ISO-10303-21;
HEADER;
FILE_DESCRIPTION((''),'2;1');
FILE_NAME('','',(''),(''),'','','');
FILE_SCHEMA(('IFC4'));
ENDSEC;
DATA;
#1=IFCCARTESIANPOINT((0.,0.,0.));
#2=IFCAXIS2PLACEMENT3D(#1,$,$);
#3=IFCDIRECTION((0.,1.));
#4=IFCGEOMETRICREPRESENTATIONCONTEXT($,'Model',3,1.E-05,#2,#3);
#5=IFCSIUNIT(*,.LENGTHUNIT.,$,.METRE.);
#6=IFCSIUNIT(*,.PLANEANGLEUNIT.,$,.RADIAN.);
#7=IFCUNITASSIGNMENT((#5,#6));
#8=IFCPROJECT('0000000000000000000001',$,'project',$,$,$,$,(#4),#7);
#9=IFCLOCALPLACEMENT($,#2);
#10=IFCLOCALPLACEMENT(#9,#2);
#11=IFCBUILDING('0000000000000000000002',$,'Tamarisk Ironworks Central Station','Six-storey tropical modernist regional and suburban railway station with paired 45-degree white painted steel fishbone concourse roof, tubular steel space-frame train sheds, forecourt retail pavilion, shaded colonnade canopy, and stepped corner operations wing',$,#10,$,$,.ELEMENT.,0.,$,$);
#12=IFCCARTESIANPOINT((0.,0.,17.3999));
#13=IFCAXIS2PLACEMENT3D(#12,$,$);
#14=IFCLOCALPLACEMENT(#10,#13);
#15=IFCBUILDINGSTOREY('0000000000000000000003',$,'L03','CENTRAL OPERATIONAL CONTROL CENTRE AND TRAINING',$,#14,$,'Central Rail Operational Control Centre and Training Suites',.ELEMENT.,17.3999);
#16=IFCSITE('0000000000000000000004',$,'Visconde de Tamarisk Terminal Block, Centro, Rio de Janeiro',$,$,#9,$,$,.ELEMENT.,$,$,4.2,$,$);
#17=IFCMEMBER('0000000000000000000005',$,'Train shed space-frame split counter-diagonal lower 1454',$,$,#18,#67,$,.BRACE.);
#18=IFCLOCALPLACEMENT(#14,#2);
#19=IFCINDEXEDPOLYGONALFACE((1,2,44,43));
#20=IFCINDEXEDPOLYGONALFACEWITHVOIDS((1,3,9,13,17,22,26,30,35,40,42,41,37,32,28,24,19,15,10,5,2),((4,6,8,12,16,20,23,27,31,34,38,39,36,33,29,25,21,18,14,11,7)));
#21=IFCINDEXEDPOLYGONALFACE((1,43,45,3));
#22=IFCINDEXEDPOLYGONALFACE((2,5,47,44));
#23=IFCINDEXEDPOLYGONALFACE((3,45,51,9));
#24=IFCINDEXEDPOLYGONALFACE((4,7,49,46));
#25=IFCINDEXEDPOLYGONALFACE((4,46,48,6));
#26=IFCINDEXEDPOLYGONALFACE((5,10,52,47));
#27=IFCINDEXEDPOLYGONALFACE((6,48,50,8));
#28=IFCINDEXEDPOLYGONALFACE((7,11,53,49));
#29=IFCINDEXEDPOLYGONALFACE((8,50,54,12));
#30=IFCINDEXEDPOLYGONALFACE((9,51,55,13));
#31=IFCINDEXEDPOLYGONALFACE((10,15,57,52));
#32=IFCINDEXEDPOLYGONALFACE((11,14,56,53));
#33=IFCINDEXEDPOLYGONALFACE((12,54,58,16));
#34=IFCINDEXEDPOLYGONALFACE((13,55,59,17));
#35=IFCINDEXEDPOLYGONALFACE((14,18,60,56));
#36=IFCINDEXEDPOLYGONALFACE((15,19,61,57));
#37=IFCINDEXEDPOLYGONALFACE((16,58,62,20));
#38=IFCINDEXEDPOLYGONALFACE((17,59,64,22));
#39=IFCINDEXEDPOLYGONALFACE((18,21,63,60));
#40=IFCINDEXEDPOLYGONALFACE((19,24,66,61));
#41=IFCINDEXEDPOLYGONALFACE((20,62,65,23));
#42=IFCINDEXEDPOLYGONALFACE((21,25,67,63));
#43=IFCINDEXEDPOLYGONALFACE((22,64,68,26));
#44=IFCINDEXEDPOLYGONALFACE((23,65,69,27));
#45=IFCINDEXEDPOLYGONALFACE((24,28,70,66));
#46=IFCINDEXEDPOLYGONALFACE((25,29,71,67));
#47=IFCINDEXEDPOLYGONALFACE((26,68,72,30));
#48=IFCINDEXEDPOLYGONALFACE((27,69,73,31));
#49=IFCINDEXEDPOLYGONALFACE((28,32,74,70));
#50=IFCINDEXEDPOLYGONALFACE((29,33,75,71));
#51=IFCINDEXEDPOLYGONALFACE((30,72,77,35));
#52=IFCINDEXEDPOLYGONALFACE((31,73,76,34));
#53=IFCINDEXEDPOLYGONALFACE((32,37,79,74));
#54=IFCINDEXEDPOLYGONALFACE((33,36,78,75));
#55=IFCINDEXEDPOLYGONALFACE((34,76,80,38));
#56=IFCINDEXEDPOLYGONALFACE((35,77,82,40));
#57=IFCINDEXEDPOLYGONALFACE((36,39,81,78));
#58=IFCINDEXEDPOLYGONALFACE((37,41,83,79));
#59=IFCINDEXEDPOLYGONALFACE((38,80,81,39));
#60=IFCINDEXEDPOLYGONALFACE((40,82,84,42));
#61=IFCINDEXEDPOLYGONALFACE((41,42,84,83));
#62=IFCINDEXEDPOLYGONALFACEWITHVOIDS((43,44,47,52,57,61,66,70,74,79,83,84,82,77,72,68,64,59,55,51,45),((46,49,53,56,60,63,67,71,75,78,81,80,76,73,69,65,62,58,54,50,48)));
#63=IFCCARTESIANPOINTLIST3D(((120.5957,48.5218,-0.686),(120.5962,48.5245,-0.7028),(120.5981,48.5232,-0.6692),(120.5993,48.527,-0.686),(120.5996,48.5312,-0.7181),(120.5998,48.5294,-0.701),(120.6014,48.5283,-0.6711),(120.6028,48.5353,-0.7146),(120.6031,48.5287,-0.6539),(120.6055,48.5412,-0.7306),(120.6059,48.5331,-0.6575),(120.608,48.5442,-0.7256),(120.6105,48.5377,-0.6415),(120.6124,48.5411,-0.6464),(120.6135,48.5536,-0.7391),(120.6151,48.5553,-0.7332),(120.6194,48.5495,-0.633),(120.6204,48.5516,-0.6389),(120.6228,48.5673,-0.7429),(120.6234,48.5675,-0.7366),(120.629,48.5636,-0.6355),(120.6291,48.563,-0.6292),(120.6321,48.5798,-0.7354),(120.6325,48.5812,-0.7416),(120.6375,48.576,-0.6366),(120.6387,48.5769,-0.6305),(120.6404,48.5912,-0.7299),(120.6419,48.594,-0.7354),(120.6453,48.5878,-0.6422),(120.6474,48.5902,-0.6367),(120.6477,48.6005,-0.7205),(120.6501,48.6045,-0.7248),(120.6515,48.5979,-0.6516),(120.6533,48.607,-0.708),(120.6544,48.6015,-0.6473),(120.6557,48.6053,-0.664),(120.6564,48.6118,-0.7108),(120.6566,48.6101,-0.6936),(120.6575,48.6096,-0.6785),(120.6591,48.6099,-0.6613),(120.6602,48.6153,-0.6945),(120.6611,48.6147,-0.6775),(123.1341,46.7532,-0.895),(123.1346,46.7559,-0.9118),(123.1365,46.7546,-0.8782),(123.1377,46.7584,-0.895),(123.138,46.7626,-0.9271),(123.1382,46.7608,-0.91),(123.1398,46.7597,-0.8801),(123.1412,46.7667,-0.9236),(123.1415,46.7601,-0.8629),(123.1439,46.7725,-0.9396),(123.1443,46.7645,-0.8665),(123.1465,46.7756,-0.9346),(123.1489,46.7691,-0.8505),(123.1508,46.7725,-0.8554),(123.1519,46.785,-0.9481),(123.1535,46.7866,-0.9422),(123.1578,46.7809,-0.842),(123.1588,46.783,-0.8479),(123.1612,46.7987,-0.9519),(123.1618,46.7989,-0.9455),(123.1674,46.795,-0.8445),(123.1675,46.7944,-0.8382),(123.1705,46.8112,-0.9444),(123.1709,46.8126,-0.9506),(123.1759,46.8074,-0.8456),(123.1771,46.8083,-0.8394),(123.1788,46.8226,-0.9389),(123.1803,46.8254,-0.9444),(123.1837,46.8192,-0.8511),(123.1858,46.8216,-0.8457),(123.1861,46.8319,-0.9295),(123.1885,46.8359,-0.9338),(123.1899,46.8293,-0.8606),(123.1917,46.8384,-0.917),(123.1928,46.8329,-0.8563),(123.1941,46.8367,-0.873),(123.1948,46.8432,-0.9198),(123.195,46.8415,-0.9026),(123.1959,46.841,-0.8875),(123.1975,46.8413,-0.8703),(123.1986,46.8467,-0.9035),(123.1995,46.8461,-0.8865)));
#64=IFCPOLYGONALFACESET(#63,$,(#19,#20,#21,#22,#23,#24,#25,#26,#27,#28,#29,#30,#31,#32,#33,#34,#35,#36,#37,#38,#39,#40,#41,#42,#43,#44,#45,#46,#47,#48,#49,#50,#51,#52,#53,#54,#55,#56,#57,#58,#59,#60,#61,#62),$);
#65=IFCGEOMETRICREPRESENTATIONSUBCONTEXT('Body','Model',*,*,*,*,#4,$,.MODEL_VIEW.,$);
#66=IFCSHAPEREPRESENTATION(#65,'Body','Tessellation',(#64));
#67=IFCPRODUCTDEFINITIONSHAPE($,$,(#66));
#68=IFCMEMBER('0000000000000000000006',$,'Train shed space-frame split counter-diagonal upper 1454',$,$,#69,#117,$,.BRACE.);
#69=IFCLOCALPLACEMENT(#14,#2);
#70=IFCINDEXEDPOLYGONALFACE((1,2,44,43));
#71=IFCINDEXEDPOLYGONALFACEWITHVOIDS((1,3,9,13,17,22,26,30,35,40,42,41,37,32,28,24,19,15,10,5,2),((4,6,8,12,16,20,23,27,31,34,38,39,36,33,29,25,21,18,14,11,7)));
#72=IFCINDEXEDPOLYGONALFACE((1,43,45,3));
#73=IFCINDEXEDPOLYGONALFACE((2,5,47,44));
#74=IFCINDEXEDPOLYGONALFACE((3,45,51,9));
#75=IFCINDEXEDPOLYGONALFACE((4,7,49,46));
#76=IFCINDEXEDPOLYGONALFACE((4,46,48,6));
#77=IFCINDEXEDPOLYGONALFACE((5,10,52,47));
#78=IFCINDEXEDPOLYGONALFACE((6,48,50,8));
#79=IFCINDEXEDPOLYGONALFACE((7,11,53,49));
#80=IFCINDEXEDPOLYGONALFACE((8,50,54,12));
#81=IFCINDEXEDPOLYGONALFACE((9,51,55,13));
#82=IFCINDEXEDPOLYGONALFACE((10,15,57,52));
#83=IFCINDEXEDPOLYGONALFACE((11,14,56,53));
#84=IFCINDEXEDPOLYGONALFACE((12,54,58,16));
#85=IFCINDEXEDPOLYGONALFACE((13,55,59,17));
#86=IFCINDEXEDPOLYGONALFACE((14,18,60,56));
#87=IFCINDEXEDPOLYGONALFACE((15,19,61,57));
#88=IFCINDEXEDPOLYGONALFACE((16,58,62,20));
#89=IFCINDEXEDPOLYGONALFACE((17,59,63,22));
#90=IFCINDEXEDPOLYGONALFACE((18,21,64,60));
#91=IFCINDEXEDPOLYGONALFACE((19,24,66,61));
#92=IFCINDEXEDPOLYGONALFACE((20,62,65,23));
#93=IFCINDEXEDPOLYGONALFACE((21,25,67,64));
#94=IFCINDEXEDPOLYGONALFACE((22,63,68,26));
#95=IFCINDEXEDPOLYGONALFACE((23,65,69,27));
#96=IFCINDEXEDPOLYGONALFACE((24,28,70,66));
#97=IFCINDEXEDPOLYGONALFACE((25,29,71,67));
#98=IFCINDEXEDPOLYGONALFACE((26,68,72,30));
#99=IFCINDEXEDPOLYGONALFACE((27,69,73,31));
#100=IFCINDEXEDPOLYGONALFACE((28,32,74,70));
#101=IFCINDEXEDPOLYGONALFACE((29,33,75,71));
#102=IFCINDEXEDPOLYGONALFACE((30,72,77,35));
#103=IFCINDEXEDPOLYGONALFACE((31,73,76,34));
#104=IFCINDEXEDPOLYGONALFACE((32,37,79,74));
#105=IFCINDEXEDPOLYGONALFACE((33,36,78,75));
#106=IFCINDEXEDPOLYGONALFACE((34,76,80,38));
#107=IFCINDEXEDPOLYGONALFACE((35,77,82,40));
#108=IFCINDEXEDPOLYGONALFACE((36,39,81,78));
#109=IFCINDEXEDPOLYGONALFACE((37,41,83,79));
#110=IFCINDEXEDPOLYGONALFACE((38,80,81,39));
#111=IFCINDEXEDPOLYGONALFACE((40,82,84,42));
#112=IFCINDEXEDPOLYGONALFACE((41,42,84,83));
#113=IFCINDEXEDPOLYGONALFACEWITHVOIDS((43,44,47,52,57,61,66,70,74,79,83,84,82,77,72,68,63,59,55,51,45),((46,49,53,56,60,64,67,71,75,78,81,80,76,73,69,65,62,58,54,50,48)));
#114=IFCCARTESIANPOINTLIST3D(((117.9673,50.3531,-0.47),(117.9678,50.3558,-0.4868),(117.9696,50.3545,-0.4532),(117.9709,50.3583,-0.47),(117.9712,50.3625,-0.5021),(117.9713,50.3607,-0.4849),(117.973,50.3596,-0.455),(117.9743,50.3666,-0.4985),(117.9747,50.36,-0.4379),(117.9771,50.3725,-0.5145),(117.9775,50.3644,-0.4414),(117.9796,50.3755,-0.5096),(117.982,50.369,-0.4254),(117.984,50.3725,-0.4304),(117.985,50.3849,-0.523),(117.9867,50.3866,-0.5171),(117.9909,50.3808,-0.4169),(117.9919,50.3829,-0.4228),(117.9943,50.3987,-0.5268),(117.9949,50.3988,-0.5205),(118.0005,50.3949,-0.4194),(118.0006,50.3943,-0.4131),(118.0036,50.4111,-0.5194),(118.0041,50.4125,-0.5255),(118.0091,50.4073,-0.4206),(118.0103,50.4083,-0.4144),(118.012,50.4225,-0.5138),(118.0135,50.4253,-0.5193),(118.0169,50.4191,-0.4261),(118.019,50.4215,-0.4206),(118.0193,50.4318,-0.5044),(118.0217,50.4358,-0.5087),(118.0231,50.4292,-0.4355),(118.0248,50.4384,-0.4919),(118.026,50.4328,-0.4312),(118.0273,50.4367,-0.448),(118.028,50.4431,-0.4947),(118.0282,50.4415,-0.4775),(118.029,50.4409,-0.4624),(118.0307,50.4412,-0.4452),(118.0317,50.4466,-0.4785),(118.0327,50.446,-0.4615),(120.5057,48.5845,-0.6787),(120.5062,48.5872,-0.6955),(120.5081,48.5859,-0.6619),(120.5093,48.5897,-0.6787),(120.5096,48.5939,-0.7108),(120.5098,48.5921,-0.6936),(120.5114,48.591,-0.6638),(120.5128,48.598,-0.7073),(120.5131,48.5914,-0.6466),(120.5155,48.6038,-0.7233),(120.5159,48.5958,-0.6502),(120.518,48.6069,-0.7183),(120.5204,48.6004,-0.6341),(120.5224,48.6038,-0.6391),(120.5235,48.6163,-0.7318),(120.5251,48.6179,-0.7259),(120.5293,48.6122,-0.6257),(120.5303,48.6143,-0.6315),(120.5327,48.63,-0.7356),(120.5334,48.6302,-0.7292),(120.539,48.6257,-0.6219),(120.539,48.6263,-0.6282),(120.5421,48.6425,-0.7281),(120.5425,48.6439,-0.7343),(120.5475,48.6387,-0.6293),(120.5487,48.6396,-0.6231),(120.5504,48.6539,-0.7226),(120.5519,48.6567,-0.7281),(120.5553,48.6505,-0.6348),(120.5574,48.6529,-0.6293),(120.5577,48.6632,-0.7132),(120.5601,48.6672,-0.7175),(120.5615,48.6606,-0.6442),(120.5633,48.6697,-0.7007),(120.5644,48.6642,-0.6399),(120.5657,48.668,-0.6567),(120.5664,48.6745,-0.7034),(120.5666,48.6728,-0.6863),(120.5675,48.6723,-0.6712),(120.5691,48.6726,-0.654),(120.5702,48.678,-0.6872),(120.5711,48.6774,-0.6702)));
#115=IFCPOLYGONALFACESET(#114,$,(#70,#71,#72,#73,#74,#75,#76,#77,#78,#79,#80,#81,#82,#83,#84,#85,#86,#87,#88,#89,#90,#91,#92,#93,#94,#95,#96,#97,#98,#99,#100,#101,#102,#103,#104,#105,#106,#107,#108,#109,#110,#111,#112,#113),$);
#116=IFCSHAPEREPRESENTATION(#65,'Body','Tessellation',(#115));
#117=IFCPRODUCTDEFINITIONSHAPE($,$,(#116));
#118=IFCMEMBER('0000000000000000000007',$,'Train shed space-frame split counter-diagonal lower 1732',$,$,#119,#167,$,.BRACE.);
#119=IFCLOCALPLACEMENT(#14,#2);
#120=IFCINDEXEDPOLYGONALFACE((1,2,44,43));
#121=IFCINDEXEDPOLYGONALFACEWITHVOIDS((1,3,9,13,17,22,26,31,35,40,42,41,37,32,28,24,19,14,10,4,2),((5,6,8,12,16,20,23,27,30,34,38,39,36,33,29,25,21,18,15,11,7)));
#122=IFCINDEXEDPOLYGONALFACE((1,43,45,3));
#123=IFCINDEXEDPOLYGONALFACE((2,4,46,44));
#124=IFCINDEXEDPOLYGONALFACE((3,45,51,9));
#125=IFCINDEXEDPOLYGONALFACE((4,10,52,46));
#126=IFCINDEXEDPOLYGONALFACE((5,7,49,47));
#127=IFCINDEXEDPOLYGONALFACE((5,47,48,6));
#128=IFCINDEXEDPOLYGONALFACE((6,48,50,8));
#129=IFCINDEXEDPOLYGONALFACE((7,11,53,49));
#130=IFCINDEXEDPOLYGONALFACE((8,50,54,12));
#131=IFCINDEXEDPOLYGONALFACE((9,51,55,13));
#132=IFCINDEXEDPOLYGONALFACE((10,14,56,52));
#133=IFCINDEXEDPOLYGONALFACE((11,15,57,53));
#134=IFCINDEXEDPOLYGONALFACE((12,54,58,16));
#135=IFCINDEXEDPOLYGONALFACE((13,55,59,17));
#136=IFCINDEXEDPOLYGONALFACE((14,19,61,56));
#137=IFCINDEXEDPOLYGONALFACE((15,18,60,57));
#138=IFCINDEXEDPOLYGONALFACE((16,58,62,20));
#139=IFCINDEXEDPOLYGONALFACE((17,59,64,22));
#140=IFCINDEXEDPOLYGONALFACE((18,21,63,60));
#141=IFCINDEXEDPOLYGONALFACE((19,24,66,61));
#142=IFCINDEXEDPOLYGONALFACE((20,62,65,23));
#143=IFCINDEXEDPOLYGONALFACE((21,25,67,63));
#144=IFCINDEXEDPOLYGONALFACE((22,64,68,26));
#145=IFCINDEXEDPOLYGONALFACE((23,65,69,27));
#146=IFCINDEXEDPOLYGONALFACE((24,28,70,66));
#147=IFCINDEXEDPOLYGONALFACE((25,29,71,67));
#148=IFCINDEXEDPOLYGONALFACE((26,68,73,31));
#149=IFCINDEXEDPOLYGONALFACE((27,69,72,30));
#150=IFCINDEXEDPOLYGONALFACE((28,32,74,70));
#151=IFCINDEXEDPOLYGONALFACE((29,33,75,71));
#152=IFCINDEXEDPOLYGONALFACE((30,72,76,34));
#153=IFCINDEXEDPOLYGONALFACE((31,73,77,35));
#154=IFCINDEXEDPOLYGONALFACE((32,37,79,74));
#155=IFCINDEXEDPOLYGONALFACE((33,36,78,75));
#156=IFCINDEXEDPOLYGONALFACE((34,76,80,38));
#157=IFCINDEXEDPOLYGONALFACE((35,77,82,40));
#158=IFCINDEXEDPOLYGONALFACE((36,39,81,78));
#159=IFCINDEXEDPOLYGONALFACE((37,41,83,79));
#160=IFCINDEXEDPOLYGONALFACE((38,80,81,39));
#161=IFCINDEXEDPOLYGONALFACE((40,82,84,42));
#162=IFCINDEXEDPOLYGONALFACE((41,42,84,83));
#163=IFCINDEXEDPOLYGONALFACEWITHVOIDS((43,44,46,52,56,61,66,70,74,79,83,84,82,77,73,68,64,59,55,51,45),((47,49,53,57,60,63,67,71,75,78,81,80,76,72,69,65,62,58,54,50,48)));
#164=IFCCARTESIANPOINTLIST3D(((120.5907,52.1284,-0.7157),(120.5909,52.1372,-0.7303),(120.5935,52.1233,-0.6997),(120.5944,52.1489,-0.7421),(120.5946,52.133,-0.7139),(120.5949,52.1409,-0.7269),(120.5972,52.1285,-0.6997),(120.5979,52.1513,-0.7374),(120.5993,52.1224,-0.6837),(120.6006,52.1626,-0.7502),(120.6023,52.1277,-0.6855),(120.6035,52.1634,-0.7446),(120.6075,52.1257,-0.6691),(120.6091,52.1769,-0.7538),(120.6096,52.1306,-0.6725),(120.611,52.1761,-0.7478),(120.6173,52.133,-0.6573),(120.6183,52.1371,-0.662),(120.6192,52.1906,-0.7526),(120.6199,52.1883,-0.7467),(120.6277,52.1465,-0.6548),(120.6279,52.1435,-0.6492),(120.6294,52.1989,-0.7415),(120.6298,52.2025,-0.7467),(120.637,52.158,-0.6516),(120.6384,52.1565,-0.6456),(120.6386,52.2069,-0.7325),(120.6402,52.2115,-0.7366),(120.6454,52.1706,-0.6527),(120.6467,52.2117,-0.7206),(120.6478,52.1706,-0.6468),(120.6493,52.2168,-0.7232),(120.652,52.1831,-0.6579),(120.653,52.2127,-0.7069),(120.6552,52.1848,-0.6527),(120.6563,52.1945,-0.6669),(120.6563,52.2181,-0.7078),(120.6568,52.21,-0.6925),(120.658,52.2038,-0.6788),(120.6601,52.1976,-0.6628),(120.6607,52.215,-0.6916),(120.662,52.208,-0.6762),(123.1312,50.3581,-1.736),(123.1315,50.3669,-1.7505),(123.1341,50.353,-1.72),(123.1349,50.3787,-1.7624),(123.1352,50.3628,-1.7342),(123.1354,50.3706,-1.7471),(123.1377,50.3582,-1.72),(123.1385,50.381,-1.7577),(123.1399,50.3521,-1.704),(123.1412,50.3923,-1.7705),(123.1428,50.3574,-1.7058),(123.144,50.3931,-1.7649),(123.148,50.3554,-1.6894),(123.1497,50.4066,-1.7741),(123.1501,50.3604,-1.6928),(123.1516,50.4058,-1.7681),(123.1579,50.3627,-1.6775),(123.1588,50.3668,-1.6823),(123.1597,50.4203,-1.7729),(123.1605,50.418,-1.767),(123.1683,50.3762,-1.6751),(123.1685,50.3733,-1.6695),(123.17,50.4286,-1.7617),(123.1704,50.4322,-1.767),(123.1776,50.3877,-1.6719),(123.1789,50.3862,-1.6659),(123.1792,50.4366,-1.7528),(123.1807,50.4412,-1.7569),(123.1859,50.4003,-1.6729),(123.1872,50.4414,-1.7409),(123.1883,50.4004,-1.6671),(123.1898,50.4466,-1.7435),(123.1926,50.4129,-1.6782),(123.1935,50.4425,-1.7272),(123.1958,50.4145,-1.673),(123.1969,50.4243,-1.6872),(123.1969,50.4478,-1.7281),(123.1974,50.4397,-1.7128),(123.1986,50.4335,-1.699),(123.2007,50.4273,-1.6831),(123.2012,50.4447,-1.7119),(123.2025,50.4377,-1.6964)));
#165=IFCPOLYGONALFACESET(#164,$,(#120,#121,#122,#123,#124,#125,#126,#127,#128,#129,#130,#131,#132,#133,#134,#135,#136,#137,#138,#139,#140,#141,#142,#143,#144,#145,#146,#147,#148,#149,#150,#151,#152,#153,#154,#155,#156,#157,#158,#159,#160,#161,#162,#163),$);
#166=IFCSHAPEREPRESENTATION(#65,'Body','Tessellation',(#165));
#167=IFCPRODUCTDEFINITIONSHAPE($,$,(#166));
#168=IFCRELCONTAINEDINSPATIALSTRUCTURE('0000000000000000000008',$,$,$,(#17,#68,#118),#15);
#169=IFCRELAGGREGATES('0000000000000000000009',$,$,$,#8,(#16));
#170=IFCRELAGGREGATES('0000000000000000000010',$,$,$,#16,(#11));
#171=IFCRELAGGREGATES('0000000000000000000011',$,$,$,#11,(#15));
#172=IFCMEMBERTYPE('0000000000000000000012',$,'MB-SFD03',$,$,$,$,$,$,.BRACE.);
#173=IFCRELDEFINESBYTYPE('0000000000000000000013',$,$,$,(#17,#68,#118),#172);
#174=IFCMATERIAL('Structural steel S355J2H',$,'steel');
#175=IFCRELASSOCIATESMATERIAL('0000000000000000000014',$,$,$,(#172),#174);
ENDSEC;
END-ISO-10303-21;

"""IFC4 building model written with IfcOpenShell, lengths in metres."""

from ifc_helpers import new_model, si_unit, direction, frame, origin, origin_2d, place, context, subcontext, project, spatial, hollow_circle, extrude, material, material_profile, profile_set, type_object, element, save


model = new_model("IFC4")

# Units and contexts
model_context = context("Model", 3, precision=1e-05, world=origin(), true_north=direction((0.0, 1.0)))
body_context = subcontext(model_context, "Body", "Model", "MODEL_VIEW")
ifc_project = project(units=[si_unit("LENGTHUNIT", "METRE"), si_unit("PLANEANGLEUNIT", "RADIAN")], contexts=[model_context])

# Site, building, storey
site_placement = place(None, origin())
site = spatial("IfcSite", under=ifc_project, at=site_placement, Name="Visconde de Tamarisk Terminal Block, Centro, Rio de Janeiro", CompositionType="ELEMENT", RefElevation=4.2)
building_placement = place(site_placement, origin())
building = spatial("IfcBuilding", under=site, at=building_placement, Name="Tamarisk Ironworks Central Station", Description="Six-storey tropical modernist regional and suburban railway station with paired 45-degree white painted steel fishbone concourse roof, tubular steel space-frame train sheds, forecourt retail pavilion, shaded colonnade canopy, and stepped corner operations wing", CompositionType="ELEMENT", ElevationOfRefHeight=0.0)
storey_placement = place(building_placement, frame((0.0, 0.0, 17.3999)))
storey = spatial("IfcBuildingStorey", under=building, at=storey_placement, Name="L03", Description="CENTRAL OPERATIONAL CONTROL CENTRE AND TRAINING", LongName="Central Rail Operational Control Centre and Training Suites", CompositionType="ELEMENT", Elevation=17.3999)

# Members
ifc_material_1 = material(Name="Structural steel S355J2H", Category="steel")
ifc_material_profile_1 = material_profile(ifc_material_1, hollow_circle(Radius=0.0571, WallThickness=0.0063, at=origin_2d()), Name="CHS 114.3x6.3")
ifc_profile_set_1 = profile_set([ifc_material_profile_1], Name="Structural steel S355J2H")
member_type_1 = type_object("IfcMemberType", Name="MB-SFD03", PredefinedType="BRACE", material=ifc_profile_set_1)
for number, where, z_axis, x_axis, name in (
    (1, (123.1667, 46.8, -0.895), (-0.818621, 0.570366, 0.067398), (-0.571666, -0.820487, 0.0), "Train shed space-frame split counter-diagonal lower 1454"),
    (2, (120.5383, 48.6313, -0.6787), (-0.818625, 0.570369, 0.06732), (-0.571666, -0.820487, 0.0), "Train shed space-frame split counter-diagonal upper 1454"),
):
    element("IfcMember", number, at=place(storey_placement, frame(where, z_axis=z_axis, x_axis=x_axis)), inside=storey, type_object=member_type_1, Name=name, PredefinedType="BRACE", context=body_context, shape_type="SweptSolid", body=[
        extrude(hollow_circle(Radius=0.0571, WallThickness=0.0063, at=origin_2d()), origin(), (0.0, 0.0, 1.0), 3.1008),
    ])
member_1_placement = place(storey_placement, frame((123.1667, 50.3999, -1.72), z_axis=(-0.77925, 0.542989, 0.312943), x_axis=(-0.571704, -0.82046, 0.0)))
element("IfcMember", 3, at=member_1_placement, inside=storey, type_object=member_type_1, Name="Train shed space-frame split counter-diagonal lower 1732", PredefinedType="BRACE", context=body_context, shape_type="SweptSolid", body=[
    extrude(hollow_circle(Radius=0.0571, WallThickness=0.0063, at=origin_2d()), origin(), (0.0, 0.0, 1.0), 3.2603),
])

save(model, "model.ifc")
